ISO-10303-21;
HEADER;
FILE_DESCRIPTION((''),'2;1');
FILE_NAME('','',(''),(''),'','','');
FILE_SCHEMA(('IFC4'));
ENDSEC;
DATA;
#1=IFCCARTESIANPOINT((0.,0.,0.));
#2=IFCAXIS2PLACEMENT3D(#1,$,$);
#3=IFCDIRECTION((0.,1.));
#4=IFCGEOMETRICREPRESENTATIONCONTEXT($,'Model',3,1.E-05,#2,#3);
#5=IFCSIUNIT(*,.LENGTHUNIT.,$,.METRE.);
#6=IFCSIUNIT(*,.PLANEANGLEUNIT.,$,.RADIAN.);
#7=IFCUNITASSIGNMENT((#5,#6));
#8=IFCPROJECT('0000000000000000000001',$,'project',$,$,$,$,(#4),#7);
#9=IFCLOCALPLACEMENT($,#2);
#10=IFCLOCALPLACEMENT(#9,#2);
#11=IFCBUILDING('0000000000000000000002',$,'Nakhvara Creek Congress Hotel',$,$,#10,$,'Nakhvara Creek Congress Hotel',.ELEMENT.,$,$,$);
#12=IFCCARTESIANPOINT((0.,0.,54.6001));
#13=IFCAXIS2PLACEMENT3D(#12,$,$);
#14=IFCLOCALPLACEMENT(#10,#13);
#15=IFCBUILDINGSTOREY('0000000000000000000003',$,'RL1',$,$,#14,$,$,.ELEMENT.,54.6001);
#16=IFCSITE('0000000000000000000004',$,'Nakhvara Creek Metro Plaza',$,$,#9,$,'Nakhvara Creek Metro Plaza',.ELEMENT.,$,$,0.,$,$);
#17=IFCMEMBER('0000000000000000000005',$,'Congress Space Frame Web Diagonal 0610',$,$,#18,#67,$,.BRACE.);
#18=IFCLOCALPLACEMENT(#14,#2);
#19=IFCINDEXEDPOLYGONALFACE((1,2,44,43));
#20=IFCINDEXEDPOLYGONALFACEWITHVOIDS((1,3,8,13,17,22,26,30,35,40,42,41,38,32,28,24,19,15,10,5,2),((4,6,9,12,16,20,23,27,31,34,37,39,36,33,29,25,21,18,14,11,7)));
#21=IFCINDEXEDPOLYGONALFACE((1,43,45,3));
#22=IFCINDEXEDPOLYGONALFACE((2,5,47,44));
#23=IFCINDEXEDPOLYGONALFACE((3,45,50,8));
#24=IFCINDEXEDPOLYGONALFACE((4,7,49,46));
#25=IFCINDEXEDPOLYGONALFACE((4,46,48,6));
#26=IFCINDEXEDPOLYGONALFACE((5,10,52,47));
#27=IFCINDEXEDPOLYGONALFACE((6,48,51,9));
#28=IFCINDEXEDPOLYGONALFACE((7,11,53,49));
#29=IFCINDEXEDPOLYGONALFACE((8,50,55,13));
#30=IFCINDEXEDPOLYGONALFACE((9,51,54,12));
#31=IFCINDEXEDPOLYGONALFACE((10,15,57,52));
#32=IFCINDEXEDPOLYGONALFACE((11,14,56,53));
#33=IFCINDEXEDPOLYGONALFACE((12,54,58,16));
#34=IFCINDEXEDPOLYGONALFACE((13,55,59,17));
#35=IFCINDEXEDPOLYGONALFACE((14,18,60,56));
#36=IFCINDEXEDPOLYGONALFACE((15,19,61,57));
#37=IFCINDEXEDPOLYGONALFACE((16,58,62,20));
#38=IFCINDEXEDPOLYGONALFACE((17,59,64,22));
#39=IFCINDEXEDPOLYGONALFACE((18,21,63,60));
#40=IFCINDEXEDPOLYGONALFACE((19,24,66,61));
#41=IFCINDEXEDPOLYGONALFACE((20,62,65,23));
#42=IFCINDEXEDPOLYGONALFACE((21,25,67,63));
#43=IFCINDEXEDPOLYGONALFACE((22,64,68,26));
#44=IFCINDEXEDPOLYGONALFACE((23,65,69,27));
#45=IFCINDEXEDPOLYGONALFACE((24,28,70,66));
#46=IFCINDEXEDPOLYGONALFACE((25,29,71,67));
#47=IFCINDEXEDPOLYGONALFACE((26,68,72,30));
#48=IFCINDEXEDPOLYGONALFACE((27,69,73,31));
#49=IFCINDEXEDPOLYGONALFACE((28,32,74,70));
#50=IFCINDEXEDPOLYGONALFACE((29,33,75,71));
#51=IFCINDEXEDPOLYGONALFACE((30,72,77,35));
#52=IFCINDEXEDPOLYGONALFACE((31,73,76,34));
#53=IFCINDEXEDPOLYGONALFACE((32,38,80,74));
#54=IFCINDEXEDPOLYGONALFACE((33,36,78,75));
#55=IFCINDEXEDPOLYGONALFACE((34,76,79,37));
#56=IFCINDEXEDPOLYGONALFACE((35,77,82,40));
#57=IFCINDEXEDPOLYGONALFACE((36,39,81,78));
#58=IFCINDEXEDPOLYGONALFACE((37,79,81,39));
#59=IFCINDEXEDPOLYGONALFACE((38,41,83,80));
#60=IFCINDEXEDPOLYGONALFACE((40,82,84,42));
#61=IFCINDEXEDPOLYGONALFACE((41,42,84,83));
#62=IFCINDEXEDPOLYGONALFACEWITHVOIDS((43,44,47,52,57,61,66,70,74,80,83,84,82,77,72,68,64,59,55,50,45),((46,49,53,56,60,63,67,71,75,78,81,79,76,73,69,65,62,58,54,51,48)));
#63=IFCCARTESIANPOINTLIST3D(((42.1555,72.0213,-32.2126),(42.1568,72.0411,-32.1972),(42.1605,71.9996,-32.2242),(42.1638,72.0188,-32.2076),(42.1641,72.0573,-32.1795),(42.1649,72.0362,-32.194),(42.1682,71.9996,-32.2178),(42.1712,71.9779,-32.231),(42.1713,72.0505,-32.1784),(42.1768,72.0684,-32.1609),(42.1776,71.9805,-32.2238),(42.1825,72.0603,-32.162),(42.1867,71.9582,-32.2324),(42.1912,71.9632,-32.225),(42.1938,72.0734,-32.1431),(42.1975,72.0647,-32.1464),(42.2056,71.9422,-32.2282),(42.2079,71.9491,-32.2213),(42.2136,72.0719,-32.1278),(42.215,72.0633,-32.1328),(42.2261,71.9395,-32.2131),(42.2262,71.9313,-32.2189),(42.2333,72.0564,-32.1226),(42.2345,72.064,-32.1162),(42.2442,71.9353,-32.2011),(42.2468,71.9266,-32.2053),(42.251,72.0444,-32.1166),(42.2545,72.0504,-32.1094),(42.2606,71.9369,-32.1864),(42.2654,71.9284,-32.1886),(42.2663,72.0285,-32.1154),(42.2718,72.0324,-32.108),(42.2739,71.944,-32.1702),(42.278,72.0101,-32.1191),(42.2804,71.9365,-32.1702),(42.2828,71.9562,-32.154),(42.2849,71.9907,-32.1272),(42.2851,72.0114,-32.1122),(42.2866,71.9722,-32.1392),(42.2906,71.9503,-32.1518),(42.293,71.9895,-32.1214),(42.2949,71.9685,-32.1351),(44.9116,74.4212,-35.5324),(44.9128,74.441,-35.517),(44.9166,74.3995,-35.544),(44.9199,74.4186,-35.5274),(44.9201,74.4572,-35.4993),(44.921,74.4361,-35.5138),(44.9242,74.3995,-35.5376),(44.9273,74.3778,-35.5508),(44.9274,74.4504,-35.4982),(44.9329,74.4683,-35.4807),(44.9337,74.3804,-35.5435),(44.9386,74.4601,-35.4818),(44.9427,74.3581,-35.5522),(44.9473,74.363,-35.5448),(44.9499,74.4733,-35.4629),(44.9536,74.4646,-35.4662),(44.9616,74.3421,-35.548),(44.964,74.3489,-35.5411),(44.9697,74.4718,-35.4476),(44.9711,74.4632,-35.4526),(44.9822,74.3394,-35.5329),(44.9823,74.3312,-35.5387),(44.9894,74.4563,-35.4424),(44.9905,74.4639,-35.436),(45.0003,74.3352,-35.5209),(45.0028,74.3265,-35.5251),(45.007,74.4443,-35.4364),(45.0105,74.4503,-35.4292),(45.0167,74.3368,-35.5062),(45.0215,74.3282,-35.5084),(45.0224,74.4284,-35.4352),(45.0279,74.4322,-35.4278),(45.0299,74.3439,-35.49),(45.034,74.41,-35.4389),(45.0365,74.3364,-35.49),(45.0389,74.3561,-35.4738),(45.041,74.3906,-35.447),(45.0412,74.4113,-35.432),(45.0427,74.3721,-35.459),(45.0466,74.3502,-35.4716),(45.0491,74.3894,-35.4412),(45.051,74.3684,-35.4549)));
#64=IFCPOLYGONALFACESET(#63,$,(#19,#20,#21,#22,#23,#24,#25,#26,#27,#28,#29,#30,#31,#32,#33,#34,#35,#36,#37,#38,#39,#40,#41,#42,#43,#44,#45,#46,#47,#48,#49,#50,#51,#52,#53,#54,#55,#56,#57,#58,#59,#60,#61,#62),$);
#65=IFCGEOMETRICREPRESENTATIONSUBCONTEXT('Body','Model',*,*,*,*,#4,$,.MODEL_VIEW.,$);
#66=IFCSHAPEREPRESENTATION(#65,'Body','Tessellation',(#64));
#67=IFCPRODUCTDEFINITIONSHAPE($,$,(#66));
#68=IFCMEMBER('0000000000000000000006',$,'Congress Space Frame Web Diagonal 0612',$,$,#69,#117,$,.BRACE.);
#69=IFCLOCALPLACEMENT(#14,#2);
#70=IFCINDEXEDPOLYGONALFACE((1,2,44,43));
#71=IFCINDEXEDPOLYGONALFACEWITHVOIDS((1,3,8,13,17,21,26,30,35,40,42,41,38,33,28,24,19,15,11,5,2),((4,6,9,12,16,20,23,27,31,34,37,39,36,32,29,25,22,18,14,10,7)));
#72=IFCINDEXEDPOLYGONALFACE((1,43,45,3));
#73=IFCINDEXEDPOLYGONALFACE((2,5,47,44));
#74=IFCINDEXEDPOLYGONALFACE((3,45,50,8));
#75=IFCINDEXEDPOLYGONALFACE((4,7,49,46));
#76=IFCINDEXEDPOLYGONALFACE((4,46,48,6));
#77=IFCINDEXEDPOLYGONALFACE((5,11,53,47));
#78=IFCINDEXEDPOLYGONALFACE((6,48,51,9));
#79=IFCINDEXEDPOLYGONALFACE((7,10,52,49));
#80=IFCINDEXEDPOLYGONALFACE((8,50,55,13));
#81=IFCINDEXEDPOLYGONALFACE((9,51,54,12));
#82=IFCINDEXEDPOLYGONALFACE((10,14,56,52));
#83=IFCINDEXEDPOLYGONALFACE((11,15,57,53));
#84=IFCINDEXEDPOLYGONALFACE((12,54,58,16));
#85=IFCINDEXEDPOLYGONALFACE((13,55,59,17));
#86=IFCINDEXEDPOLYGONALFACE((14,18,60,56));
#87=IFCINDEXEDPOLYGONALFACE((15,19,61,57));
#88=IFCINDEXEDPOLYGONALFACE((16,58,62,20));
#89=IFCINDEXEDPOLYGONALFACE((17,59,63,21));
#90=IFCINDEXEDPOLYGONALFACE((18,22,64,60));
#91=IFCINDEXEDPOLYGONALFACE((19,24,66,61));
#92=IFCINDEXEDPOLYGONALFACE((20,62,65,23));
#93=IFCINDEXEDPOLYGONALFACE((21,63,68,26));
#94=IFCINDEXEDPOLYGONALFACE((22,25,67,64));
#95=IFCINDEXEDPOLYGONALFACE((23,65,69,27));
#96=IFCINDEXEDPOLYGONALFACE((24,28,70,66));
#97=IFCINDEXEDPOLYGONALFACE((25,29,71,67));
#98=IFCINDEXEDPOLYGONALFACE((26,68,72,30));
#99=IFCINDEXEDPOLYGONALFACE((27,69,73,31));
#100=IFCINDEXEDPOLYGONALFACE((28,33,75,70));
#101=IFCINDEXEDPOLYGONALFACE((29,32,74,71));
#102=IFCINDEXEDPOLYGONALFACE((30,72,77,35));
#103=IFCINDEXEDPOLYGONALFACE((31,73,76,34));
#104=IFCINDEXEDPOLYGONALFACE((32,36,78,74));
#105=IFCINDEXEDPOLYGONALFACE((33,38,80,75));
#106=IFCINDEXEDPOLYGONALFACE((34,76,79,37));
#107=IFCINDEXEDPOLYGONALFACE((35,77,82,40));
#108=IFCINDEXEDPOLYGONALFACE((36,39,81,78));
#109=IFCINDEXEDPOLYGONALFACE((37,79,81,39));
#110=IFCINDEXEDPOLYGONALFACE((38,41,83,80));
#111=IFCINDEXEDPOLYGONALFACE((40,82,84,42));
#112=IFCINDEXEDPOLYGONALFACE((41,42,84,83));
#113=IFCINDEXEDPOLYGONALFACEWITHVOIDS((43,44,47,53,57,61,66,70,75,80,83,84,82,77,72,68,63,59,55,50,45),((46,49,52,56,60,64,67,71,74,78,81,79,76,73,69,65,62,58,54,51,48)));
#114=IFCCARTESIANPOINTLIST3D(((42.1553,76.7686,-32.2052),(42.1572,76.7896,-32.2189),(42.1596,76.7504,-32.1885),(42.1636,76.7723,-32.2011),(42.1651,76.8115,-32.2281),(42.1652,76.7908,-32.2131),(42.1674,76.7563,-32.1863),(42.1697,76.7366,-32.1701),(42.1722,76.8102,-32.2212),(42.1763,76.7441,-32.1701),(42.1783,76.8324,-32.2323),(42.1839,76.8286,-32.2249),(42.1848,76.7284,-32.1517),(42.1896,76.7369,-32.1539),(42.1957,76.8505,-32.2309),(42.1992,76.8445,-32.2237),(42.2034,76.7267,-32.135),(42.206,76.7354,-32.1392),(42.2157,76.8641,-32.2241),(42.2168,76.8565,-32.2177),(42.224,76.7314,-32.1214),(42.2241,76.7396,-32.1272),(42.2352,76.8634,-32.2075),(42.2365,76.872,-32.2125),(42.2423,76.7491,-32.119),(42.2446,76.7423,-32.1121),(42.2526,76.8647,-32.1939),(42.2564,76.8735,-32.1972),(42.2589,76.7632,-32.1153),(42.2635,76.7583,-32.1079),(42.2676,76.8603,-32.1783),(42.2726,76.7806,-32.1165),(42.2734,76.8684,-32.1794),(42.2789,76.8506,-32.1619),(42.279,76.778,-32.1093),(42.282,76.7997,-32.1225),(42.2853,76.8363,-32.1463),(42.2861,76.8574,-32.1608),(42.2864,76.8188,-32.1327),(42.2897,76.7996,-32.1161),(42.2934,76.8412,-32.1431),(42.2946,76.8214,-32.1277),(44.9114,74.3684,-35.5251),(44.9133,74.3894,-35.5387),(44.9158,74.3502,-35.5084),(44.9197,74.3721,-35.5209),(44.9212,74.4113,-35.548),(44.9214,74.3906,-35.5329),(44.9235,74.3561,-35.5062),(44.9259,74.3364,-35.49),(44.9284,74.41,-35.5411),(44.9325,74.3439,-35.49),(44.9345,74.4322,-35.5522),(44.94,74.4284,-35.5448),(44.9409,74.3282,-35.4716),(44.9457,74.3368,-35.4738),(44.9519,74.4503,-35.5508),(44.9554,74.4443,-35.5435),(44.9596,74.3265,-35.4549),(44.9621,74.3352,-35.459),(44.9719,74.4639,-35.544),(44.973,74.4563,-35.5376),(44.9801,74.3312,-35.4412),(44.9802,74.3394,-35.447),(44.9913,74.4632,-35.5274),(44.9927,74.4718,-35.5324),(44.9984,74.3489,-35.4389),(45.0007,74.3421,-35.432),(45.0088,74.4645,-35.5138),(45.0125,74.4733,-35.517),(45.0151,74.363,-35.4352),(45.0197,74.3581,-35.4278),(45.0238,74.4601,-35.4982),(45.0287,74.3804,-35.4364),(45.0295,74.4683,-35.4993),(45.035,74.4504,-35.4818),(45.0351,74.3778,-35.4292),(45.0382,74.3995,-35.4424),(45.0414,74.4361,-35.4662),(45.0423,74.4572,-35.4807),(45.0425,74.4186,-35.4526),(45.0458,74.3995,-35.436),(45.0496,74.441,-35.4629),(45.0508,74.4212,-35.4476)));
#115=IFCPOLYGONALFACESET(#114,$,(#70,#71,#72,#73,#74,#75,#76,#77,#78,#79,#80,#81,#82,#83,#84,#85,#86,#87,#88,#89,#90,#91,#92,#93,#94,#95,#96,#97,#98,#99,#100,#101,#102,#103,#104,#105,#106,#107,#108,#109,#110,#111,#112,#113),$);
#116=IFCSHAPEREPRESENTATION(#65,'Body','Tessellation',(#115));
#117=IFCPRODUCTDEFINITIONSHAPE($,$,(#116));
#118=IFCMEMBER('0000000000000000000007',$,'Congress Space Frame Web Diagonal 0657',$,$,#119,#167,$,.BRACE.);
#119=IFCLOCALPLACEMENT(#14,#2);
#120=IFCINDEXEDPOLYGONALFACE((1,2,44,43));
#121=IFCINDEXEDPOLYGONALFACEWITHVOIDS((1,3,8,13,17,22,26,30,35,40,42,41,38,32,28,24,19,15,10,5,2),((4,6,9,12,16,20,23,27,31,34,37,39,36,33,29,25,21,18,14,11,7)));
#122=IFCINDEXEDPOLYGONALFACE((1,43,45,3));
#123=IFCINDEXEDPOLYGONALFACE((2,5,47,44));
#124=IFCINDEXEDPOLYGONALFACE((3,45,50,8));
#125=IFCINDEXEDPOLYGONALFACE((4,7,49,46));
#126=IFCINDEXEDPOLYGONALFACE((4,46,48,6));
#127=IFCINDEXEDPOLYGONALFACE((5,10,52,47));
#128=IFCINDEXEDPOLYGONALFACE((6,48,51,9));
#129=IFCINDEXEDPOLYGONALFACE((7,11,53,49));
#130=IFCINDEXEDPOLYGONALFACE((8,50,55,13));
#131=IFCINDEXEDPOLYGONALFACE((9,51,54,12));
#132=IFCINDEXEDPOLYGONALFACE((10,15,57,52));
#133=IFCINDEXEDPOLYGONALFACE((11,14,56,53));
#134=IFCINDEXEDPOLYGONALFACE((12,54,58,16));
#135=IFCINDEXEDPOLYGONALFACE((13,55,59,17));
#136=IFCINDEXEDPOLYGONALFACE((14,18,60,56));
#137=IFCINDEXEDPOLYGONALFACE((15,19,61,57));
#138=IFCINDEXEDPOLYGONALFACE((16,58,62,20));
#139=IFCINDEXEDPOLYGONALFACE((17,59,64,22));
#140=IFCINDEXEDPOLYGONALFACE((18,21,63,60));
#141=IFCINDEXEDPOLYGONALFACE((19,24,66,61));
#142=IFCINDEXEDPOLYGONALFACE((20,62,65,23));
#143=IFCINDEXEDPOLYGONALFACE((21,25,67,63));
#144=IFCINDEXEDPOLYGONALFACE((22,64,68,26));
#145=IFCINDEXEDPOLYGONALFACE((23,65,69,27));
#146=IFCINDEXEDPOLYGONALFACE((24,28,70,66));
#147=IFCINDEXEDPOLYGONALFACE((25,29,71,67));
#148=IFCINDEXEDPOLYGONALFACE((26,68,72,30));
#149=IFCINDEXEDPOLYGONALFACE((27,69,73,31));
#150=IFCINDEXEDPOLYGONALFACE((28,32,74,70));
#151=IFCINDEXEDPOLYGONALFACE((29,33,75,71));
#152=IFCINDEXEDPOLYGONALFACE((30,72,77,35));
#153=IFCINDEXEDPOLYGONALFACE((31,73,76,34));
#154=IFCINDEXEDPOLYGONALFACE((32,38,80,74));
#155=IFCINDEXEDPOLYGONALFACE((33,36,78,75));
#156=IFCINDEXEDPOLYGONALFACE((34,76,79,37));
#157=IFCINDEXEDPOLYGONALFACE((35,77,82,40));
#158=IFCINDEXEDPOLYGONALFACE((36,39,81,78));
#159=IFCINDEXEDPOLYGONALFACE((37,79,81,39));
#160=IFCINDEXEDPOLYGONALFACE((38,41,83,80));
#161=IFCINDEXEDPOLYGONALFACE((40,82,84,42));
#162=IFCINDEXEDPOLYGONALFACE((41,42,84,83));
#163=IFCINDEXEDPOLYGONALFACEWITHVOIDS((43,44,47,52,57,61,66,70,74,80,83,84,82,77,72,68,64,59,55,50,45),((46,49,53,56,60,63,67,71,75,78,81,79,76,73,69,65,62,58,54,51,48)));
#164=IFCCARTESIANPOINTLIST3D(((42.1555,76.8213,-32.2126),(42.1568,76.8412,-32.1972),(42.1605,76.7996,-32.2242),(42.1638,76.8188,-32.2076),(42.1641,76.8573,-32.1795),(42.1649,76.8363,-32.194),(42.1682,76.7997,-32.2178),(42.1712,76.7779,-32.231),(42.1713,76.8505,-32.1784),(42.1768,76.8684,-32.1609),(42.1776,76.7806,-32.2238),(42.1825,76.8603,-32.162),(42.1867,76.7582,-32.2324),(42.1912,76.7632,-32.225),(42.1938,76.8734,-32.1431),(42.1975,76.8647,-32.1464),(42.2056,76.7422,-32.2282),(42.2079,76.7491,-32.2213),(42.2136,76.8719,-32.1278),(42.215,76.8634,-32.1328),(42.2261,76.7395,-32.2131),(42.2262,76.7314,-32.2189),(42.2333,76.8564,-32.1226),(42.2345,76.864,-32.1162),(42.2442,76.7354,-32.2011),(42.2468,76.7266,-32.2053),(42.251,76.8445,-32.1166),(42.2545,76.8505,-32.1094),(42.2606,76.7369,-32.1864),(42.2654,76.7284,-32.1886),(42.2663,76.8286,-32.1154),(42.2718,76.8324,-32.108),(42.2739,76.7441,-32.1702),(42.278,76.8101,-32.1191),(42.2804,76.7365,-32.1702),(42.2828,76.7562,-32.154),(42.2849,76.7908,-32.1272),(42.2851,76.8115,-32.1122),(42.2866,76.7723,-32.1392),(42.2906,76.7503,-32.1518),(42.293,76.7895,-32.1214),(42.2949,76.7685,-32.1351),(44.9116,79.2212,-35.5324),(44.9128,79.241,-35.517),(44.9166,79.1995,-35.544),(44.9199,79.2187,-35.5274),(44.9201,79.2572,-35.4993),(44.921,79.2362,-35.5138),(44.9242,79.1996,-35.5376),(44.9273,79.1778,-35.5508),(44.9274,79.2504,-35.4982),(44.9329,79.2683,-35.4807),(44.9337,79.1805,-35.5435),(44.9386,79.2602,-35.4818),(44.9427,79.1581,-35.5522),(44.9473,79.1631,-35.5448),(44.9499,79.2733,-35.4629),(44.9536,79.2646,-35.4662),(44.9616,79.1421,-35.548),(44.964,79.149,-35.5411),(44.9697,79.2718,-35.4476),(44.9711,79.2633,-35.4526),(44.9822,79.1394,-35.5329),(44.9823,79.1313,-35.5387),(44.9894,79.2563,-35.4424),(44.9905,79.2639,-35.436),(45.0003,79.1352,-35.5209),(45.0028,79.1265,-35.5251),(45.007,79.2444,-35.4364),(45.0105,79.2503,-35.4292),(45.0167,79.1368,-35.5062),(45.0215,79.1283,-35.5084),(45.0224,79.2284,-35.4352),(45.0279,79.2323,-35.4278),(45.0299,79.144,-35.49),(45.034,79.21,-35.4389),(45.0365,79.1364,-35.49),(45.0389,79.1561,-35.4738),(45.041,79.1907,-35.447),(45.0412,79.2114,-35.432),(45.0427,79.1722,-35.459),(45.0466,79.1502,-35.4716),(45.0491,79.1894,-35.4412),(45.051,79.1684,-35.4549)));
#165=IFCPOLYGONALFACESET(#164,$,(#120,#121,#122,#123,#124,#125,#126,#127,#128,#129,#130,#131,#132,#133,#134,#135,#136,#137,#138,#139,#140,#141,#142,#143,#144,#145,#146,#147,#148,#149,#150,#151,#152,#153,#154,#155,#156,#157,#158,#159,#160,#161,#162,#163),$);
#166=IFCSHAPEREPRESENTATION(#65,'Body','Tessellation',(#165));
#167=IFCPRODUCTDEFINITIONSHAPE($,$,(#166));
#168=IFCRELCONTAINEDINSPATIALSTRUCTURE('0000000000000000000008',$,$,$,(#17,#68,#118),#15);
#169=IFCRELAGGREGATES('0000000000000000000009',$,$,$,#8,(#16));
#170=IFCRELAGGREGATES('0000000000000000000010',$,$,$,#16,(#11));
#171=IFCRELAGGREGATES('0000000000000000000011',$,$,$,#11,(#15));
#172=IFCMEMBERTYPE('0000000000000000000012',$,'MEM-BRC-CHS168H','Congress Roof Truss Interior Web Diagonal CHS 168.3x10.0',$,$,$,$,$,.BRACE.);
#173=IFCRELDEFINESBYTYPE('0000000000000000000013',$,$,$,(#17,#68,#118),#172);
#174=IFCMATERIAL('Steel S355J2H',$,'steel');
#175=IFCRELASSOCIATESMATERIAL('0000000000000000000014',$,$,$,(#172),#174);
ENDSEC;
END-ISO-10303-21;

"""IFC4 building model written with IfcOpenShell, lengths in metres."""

from ifc_helpers import new_model, si_unit, direction, frame, origin, origin_2d, place, context, subcontext, project, spatial, hollow_circle, extrude, material, material_profile, profile_set, type_object, element, save


model = new_model("IFC4")

# Units and contexts
model_context = context("Model", 3, precision=1e-05, world=origin(), true_north=direction((0.0, 1.0)))
body_context = subcontext(model_context, "Body", "Model", "MODEL_VIEW")
ifc_project = project(units=[si_unit("LENGTHUNIT", "METRE"), si_unit("PLANEANGLEUNIT", "RADIAN")], contexts=[model_context])

# Site, building, storey
site_placement = place(None, origin())
site = spatial("IfcSite", under=ifc_project, at=site_placement, Name="Nakhvara Creek Metro Plaza", LongName="Nakhvara Creek Metro Plaza", CompositionType="ELEMENT", RefElevation=0.0)
building_placement = place(site_placement, origin())
building = spatial("IfcBuilding", under=site, at=building_placement, Name="Nakhvara Creek Congress Hotel", LongName="Nakhvara Creek Congress Hotel", CompositionType="ELEMENT")
storey_placement = place(building_placement, frame((0.0, 0.0, 54.6001)))
storey = spatial("IfcBuildingStorey", under=building, at=storey_placement, Name="RL1", CompositionType="ELEMENT", Elevation=54.6001)

# Members
ifc_material_1 = material(Name="Steel S355J2H", Category="steel")
ifc_material_profile_1 = material_profile(ifc_material_1, hollow_circle(Radius=0.0842, WallThickness=0.01, at=origin_2d()), Name="CHS 168.3x10.0", Category="LoadBearing")
ifc_profile_set_1 = profile_set([ifc_material_profile_1], Name="Steel S355J2H")
member_type_1 = type_object("IfcMemberType", Name="MEM-BRC-CHS168H", Description="Congress Roof Truss Interior Web Diagonal CHS 168.3x10.0", PredefinedType="BRACE", material=ifc_profile_set_1)
member_1_placement = place(storey_placement, frame((44.9812, 74.3999, -35.49), z_axis=(-0.558221, -0.486076, 0.672398), x_axis=(0.656691, -0.75416, 0.0)))
element("IfcMember", 1, at=member_1_placement, inside=storey, type_object=member_type_1, Name="Congress Space Frame Web Diagonal 0610", PredefinedType="BRACE", context=body_context, shape_type="SweptSolid", body=[
    extrude(hollow_circle(Radius=0.0842, WallThickness=0.01, at=origin_2d()), origin(), (0.0, 0.0, 1.0), 4.9373),
])
member_2_placement = place(storey_placement, frame((44.9812, 74.3999, -35.49), z_axis=(-0.558208, 0.486114, 0.672381), x_axis=(-0.656729, -0.754126, 0.0)))
element("IfcMember", 2, at=member_2_placement, inside=storey, type_object=member_type_1, Name="Congress Space Frame Web Diagonal 0612", PredefinedType="BRACE", context=body_context, shape_type="SweptSolid", body=[
    extrude(hollow_circle(Radius=0.0842, WallThickness=0.01, at=origin_2d()), origin(), (0.0, 0.0, 1.0), 4.9375),
])
member_3_placement = place(storey_placement, frame((44.9812, 79.2, -35.49), z_axis=(-0.558221, -0.486076, 0.672398), x_axis=(0.656691, -0.75416, 0.0)))
element("IfcMember", 3, at=member_3_placement, inside=storey, type_object=member_type_1, Name="Congress Space Frame Web Diagonal 0657", PredefinedType="BRACE", context=body_context, shape_type="SweptSolid", body=[
    extrude(hollow_circle(Radius=0.0842, WallThickness=0.01, at=origin_2d()), origin(), (0.0, 0.0, 1.0), 4.9373),
])

save(model, "model.ifc")
